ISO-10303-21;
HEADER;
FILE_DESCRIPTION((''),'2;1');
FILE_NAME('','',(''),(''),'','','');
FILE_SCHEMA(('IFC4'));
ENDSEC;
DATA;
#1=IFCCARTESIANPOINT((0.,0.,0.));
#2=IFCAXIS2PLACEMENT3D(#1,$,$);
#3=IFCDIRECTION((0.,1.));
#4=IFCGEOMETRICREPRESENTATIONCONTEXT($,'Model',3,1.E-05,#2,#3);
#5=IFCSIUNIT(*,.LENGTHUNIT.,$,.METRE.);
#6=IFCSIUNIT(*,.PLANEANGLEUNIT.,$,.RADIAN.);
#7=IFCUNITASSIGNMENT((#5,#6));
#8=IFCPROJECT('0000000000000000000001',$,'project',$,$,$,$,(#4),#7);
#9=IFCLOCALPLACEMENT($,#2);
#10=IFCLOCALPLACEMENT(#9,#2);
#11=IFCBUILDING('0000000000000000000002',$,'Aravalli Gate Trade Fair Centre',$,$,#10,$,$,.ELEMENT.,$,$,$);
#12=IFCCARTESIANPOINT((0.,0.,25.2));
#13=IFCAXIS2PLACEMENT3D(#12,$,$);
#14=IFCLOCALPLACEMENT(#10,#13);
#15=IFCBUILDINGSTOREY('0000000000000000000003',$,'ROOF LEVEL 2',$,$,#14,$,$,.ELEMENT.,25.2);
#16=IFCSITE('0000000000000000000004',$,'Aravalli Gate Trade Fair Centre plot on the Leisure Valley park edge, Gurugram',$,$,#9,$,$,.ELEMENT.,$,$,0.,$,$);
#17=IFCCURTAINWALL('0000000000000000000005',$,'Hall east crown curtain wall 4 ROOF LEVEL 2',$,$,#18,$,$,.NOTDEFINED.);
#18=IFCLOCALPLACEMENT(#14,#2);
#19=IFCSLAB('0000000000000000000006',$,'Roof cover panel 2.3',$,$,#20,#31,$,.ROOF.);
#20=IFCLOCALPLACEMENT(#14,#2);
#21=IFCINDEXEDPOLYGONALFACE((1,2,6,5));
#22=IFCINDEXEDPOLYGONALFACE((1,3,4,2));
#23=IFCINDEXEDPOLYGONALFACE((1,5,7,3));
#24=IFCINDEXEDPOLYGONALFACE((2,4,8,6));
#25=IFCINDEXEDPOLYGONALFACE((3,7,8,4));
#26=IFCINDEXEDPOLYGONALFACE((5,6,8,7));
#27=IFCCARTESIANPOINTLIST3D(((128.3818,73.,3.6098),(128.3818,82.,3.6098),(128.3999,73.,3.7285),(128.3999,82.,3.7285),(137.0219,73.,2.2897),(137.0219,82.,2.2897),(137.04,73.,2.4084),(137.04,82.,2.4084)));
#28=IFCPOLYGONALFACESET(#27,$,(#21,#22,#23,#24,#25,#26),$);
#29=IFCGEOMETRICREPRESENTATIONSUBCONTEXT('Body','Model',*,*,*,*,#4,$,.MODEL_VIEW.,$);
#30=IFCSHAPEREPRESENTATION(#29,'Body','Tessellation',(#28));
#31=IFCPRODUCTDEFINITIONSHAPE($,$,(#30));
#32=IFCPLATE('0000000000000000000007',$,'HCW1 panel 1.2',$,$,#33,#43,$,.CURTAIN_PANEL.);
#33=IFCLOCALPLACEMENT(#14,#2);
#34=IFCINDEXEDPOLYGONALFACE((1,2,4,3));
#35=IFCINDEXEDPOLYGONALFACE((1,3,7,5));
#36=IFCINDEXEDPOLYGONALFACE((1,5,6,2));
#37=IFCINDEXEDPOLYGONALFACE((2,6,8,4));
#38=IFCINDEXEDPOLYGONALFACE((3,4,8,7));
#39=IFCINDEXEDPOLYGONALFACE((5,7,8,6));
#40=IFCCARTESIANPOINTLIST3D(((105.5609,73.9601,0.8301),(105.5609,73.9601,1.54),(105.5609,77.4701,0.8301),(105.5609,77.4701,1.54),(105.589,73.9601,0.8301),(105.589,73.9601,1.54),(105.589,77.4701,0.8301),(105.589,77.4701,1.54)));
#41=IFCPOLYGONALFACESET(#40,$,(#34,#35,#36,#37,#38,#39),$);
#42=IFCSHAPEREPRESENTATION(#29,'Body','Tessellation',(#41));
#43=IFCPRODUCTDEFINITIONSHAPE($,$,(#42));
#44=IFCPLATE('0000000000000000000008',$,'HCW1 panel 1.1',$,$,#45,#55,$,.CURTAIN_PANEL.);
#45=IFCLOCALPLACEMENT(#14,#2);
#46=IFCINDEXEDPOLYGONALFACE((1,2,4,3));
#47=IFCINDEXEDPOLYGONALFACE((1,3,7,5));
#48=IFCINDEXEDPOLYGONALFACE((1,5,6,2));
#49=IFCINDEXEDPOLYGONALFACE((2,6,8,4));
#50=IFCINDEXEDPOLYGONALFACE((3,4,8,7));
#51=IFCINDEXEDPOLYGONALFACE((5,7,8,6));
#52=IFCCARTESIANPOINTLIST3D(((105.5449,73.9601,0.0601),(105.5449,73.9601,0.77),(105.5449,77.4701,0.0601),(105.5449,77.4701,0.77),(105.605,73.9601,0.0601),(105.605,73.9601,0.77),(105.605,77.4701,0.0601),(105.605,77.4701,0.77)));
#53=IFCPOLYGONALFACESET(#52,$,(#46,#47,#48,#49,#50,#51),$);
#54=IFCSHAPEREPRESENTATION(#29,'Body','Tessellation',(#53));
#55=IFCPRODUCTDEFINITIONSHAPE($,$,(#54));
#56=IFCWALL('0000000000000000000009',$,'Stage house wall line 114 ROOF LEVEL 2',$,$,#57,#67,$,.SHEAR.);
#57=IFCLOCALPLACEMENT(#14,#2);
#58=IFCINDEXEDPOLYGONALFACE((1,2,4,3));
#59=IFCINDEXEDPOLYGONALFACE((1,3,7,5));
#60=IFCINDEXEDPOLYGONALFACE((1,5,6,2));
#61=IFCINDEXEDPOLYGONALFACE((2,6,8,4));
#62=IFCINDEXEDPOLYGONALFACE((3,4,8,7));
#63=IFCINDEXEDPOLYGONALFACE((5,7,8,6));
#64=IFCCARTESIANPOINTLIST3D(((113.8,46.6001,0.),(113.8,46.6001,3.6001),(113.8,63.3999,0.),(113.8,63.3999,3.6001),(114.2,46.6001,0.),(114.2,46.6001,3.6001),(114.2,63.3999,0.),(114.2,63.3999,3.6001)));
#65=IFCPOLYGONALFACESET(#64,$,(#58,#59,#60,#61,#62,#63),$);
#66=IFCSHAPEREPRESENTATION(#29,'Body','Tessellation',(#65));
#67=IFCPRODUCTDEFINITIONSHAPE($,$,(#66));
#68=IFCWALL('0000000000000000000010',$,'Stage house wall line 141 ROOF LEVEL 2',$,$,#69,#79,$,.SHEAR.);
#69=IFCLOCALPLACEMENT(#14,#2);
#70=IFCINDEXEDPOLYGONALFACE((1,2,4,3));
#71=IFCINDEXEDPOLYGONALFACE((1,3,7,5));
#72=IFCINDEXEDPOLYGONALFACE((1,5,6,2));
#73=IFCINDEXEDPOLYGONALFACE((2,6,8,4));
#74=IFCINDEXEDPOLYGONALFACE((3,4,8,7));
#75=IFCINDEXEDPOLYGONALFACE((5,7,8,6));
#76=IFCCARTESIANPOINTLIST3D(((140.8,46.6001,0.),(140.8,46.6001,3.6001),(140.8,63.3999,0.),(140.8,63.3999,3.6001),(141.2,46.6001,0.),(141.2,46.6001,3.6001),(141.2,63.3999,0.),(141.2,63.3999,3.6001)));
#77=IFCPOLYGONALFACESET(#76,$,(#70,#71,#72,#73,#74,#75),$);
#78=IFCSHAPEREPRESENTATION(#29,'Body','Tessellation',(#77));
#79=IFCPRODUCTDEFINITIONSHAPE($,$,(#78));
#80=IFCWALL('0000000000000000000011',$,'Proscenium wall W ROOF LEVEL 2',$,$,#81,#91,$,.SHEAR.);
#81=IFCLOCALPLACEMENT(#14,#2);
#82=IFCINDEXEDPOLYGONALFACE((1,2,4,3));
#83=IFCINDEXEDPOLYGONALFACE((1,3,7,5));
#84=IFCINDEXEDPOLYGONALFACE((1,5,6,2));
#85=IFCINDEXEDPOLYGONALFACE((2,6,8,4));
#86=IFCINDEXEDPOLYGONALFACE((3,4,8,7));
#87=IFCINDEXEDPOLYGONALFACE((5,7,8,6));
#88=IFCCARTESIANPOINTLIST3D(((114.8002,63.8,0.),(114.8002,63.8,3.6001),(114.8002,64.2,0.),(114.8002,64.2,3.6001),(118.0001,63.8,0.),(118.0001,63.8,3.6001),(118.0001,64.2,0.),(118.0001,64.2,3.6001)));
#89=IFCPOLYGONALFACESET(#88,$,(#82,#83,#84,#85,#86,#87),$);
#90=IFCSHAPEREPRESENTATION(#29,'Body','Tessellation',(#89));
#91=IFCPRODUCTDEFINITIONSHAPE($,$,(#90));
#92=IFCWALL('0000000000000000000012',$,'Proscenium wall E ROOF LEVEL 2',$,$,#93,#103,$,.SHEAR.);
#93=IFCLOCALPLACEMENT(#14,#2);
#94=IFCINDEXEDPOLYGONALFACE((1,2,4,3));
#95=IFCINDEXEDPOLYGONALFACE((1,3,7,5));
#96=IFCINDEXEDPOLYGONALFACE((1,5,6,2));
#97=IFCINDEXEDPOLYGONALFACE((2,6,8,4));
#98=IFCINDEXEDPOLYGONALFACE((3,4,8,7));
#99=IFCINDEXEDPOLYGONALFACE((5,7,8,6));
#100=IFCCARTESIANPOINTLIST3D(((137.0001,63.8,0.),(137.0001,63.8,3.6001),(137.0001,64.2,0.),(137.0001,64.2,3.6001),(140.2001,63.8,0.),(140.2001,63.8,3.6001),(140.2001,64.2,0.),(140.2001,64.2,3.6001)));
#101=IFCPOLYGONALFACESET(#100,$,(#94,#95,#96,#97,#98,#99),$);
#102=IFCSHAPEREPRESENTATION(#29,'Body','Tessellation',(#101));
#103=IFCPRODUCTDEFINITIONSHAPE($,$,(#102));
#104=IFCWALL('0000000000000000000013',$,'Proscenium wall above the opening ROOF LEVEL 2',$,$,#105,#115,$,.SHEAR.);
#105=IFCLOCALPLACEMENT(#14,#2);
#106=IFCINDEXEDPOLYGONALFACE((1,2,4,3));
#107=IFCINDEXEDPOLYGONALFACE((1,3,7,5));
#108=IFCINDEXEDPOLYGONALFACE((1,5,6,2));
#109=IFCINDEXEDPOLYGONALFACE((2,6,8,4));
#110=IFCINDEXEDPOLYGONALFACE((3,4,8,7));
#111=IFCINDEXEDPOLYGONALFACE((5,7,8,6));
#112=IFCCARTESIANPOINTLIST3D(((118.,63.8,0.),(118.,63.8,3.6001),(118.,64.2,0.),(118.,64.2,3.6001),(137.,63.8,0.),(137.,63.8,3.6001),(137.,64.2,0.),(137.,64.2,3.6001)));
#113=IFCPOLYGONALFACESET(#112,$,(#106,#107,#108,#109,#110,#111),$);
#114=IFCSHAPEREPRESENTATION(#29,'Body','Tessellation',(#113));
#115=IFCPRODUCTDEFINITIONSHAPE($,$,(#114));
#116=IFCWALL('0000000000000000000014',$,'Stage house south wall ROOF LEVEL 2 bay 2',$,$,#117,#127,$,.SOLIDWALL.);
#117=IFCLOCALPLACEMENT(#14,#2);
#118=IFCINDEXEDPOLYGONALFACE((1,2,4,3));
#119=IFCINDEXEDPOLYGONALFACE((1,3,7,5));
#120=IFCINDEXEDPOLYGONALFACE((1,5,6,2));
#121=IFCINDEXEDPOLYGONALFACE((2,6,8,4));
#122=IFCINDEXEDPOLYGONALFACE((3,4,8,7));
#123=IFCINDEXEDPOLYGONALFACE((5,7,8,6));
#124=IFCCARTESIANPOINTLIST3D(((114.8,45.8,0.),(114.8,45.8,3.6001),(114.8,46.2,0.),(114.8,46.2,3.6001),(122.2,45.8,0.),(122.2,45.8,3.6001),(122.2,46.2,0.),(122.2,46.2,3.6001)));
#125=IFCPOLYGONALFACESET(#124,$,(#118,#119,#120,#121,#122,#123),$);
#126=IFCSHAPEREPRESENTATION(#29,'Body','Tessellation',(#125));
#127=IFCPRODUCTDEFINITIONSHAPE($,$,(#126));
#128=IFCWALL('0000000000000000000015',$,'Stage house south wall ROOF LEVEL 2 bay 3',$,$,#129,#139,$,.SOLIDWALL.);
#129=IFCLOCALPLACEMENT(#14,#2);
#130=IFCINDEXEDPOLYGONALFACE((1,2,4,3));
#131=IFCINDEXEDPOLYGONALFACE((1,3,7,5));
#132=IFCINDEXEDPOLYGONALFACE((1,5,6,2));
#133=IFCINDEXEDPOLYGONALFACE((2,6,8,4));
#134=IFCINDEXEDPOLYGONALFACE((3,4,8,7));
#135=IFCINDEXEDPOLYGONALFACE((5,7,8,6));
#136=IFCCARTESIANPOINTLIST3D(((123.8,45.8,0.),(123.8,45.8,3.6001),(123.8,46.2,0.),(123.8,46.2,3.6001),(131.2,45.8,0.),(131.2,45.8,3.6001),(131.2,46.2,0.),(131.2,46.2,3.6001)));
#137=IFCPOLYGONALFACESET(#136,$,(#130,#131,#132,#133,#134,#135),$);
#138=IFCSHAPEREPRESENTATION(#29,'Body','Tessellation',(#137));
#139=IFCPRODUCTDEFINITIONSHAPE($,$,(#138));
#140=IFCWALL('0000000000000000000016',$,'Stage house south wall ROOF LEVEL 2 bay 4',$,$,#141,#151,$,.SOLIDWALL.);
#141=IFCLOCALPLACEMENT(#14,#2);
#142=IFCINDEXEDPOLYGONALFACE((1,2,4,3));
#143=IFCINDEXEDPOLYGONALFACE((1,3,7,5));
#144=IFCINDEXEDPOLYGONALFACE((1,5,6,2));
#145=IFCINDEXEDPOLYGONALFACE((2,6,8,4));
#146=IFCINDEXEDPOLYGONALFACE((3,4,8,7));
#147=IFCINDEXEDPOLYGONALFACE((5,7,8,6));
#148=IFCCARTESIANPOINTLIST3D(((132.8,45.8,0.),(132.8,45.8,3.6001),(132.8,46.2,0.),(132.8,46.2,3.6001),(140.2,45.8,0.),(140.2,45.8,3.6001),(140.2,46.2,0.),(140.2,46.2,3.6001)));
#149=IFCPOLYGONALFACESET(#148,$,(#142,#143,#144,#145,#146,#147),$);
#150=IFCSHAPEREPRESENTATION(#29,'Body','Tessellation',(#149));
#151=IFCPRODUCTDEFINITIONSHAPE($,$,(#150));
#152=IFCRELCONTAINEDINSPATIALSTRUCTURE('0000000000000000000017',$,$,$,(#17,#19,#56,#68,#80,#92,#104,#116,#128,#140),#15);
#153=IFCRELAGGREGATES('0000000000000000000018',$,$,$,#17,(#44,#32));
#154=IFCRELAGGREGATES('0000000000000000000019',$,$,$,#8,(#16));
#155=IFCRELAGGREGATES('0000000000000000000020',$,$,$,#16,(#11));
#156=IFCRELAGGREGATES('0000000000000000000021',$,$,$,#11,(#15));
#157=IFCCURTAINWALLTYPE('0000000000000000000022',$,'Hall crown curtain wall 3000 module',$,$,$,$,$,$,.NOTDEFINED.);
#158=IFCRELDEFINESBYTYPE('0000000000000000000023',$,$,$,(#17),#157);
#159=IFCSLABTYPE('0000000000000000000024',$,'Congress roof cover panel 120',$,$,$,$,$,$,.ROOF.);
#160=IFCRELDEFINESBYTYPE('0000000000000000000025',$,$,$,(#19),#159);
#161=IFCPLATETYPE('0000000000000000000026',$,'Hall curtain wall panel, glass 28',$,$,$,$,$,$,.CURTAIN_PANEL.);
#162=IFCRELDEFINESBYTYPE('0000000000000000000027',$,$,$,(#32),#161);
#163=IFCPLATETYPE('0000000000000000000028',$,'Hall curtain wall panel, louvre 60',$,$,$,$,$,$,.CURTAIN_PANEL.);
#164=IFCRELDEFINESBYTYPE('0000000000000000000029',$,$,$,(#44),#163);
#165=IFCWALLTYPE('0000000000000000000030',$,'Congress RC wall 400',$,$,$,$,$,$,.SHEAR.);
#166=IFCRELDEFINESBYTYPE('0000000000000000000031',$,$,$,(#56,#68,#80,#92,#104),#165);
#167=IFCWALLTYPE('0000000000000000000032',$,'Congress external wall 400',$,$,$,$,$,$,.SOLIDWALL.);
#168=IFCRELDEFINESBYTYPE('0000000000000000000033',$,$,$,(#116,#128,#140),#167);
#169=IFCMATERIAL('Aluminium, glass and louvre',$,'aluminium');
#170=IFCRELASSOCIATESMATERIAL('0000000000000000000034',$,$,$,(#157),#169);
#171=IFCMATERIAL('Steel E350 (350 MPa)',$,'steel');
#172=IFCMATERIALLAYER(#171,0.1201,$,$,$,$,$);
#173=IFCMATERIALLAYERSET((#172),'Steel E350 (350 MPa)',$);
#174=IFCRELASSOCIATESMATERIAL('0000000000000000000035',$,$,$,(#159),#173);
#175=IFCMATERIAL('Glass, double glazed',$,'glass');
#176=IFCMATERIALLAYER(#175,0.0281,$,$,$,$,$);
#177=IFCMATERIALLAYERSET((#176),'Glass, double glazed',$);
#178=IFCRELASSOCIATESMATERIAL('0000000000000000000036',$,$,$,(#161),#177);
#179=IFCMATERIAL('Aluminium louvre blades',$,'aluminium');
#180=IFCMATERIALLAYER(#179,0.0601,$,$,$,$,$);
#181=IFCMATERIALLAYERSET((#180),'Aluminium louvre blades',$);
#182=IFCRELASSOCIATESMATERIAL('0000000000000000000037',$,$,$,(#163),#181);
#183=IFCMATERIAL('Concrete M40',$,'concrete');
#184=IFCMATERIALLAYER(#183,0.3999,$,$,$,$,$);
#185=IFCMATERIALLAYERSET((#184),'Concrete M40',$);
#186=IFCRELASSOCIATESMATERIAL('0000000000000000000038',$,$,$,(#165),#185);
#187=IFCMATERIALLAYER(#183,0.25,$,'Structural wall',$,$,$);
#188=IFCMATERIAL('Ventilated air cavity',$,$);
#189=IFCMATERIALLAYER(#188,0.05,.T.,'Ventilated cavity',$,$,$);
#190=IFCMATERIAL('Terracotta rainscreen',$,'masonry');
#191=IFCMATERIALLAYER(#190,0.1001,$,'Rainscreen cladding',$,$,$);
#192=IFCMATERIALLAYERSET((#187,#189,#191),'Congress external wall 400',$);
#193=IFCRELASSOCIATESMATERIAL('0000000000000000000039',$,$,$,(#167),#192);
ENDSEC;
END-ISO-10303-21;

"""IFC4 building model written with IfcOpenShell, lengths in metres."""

from ifc_helpers import new_model, si_unit, direction, frame, frame_2d, origin, origin_2d, place, context, subcontext, project, spatial, polyline, rectangle, outline, extrude, material, layer, layer_set, type_object, element, aggregate, save


model = new_model("IFC4")

# Units and contexts
model_context = context("Model", 3, precision=1e-05, world=origin(), true_north=direction((0.0, 1.0)))
body_context = subcontext(model_context, "Body", "Model", "MODEL_VIEW")
ifc_project = project(units=[si_unit("LENGTHUNIT", "METRE"), si_unit("PLANEANGLEUNIT", "RADIAN")], contexts=[model_context])

# Site, building, storey
site_placement = place(None, origin())
site = spatial("IfcSite", under=ifc_project, at=site_placement, Name="Aravalli Gate Trade Fair Centre plot on the Leisure Valley park edge, Gurugram", CompositionType="ELEMENT", RefElevation=0.0)
building_placement = place(site_placement, origin())
building = spatial("IfcBuilding", under=site, at=building_placement, Name="Aravalli Gate Trade Fair Centre", CompositionType="ELEMENT")
storey_placement = place(building_placement, frame((0.0, 0.0, 25.2)))
storey = spatial("IfcBuildingStorey", under=building, at=storey_placement, Name="ROOF LEVEL 2", CompositionType="ELEMENT", Elevation=25.2)

# Curtain wall
ifc_material_1 = material(Name="Aluminium, glass and louvre", Category="aluminium")
curtain_wall_type = type_object("IfcCurtainWallType", Name="Hall crown curtain wall 3000 module", PredefinedType="NOTDEFINED", material=ifc_material_1)
curtain_wall_placement = place(storey_placement, origin())
curtain_wall = element("IfcCurtainWall", 1, at=curtain_wall_placement, inside=storey, type_object=curtain_wall_type, Name="Hall east crown curtain wall 4 ROOF LEVEL 2", PredefinedType="NOTDEFINED")

# Slab
ifc_material_2 = material(Name="Steel E350 (350 MPa)", Category="steel")
ifc_layer_1 = layer(ifc_material_2, 0.1201)
ifc_layer_set_1 = layer_set([ifc_layer_1], Name="Steel E350 (350 MPa)")
slab_type = type_object("IfcSlabType", Name="Congress roof cover panel 120", PredefinedType="ROOF", material=ifc_layer_set_1)
slab_1_placement = place(storey_placement, frame((128.3999, 73.0, 3.7285), z_axis=(0.151031, 0.0, 0.988529), x_axis=(0.988529, 0.0, -0.151031)))
element("IfcSlab", 2, at=slab_1_placement, inside=storey, type_object=slab_type, Name="Roof cover panel 2.3", PredefinedType="ROOF", context=body_context, shape_type="SweptSolid", body=[
    extrude(outline(polyline([(0.0, 0.0), (8.7404, 0.0), (8.7404, 9.0), (0.0, 9.0), (0.0, 0.0)])), origin(), (0.0, 0.0, -1.0), 0.1201),
])

# Plates
ifc_material_3 = material(Name="Glass, double glazed", Category="glass")
ifc_layer_2 = layer(ifc_material_3, 0.0281)
ifc_layer_set_2 = layer_set([ifc_layer_2], Name="Glass, double glazed")
plate_type_1 = type_object("IfcPlateType", Name="Hall curtain wall panel, glass 28", PredefinedType="CURTAIN_PANEL", material=ifc_layer_set_2)
plate_1_placement = place(storey_placement, frame((105.575, 75.7151, 0.8301), z_axis=(0.0, 0.0, 1.0), x_axis=(0.0, 1.0, 0.0)))
plate_1 = element("IfcPlate", 3, at=plate_1_placement, type_object=plate_type_1, Name="HCW1 panel 1.2", PredefinedType="CURTAIN_PANEL", context=body_context, shape_type="SweptSolid", body=[
    extrude(rectangle(XDim=3.51, YDim=0.0281, at=origin_2d()), origin(), (0.0, 0.0, 1.0), 0.71),
])
ifc_material_4 = material(Name="Aluminium louvre blades", Category="aluminium")
ifc_layer_3 = layer(ifc_material_4, 0.0601)
ifc_layer_set_3 = layer_set([ifc_layer_3], Name="Aluminium louvre blades")
plate_type_2 = type_object("IfcPlateType", Name="Hall curtain wall panel, louvre 60", PredefinedType="CURTAIN_PANEL", material=ifc_layer_set_3)
plate_2_placement = place(storey_placement, frame((105.575, 75.7151, 0.0601), z_axis=(0.0, 0.0, 1.0), x_axis=(0.0, 1.0, 0.0)))
plate_2 = element("IfcPlate", 4, at=plate_2_placement, type_object=plate_type_2, Name="HCW1 panel 1.1", PredefinedType="CURTAIN_PANEL", context=body_context, shape_type="SweptSolid", body=[
    extrude(rectangle(XDim=3.51, YDim=0.0601, at=origin_2d()), origin(), (0.0, 0.0, 1.0), 0.71),
])
aggregate(curtain_wall, [plate_2, plate_1])

# Walls
ifc_material_5 = material(Name="Concrete M40", Category="concrete")
ifc_layer_4 = layer(ifc_material_5, 0.3999)
ifc_layer_set_4 = layer_set([ifc_layer_4], Name="Concrete M40")
wall_type_1 = type_object("IfcWallType", Name="Congress RC wall 400", PredefinedType="SHEAR", material=ifc_layer_set_4)
for number, where, z_axis, x_axis, name in (
    (5, (114.0, 46.6001, 0.0), (0.0, 0.0, 1.0), (0.0, 1.0, 0.0), "Stage house wall line 114 ROOF LEVEL 2"),
    (6, (141.0, 46.6001, 0.0), (0.0, 0.0, 1.0), (0.0, 1.0, 0.0), "Stage house wall line 141 ROOF LEVEL 2"),
):
    element("IfcWall", number, at=place(storey_placement, frame(where, z_axis=z_axis, x_axis=x_axis)), inside=storey, type_object=wall_type_1, Name=name, PredefinedType="SHEAR", context=body_context, shape_type="SweptSolid", body=[
        extrude(rectangle(XDim=16.7998, YDim=0.3999, at=frame_2d((8.3999, 0.0))), origin(), (0.0, 0.0, 1.0), 3.6001),
    ])
for number, where, z_axis, x_axis, name in (
    (7, (114.8, 64.0, 0.0), (0.0, 0.0, 1.0), (1.0, 0.0, 0.0), "Proscenium wall W ROOF LEVEL 2"),
    (8, (137.0, 64.0, 0.0), (0.0, 0.0, 1.0), (1.0, 0.0, 0.0), "Proscenium wall E ROOF LEVEL 2"),
):
    element("IfcWall", number, at=place(storey_placement, frame(where, z_axis=z_axis, x_axis=x_axis)), inside=storey, type_object=wall_type_1, Name=name, PredefinedType="SHEAR", context=body_context, shape_type="SweptSolid", body=[
        extrude(rectangle(XDim=3.2, YDim=0.3999, at=frame_2d((1.6001, 0.0))), origin(), (0.0, 0.0, 1.0), 3.6001),
    ])
wall_placement = place(storey_placement, frame((118.0, 64.0, 0.0), z_axis=(0.0, 0.0, 1.0), x_axis=(1.0, 0.0, 0.0)))
element("IfcWall", 9, at=wall_placement, inside=storey, type_object=wall_type_1, Name="Proscenium wall above the opening ROOF LEVEL 2", PredefinedType="SHEAR", context=body_context, shape_type="SweptSolid", body=[
    extrude(rectangle(XDim=19.0, YDim=0.3999, at=frame_2d((9.5, 0.0))), origin(), (0.0, 0.0, 1.0), 3.6001),
])
ifc_layer_5 = layer(ifc_material_5, 0.25, Name="Structural wall")
ifc_material_6 = material(Name="Ventilated air cavity")
ifc_layer_6 = layer(ifc_material_6, 0.05, ventilated=True, Name="Ventilated cavity")
ifc_material_7 = material(Name="Terracotta rainscreen", Category="masonry")
ifc_layer_7 = layer(ifc_material_7, 0.1001, Name="Rainscreen cladding")
ifc_layer_set_5 = layer_set([ifc_layer_5, ifc_layer_6, ifc_layer_7], Name="Congress external wall 400")
wall_type_2 = type_object("IfcWallType", Name="Congress external wall 400", PredefinedType="SOLIDWALL", material=ifc_layer_set_5)
for number, where, z_axis, x_axis, name in (
    (10, (114.8, 46.0, 0.0), (0.0, 0.0, 1.0), (1.0, 0.0, 0.0), "Stage house south wall ROOF LEVEL 2 bay 2"),
    (11, (123.8, 46.0, 0.0), (0.0, 0.0, 1.0), (1.0, 0.0, 0.0), "Stage house south wall ROOF LEVEL 2 bay 3"),
    (12, (132.8, 46.0, 0.0), (0.0, 0.0, 1.0), (1.0, 0.0, 0.0), "Stage house south wall ROOF LEVEL 2 bay 4"),
):
    element("IfcWall", number, at=place(storey_placement, frame(where, z_axis=z_axis, x_axis=x_axis)), inside=storey, type_object=wall_type_2, Name=name, PredefinedType="SOLIDWALL", context=body_context, shape_type="SweptSolid", body=[
        extrude(rectangle(XDim=7.3999, YDim=0.3999, at=frame_2d((3.7, 0.0))), origin(), (0.0, 0.0, 1.0), 3.6001),
    ])

save(model, "model.ifc")
